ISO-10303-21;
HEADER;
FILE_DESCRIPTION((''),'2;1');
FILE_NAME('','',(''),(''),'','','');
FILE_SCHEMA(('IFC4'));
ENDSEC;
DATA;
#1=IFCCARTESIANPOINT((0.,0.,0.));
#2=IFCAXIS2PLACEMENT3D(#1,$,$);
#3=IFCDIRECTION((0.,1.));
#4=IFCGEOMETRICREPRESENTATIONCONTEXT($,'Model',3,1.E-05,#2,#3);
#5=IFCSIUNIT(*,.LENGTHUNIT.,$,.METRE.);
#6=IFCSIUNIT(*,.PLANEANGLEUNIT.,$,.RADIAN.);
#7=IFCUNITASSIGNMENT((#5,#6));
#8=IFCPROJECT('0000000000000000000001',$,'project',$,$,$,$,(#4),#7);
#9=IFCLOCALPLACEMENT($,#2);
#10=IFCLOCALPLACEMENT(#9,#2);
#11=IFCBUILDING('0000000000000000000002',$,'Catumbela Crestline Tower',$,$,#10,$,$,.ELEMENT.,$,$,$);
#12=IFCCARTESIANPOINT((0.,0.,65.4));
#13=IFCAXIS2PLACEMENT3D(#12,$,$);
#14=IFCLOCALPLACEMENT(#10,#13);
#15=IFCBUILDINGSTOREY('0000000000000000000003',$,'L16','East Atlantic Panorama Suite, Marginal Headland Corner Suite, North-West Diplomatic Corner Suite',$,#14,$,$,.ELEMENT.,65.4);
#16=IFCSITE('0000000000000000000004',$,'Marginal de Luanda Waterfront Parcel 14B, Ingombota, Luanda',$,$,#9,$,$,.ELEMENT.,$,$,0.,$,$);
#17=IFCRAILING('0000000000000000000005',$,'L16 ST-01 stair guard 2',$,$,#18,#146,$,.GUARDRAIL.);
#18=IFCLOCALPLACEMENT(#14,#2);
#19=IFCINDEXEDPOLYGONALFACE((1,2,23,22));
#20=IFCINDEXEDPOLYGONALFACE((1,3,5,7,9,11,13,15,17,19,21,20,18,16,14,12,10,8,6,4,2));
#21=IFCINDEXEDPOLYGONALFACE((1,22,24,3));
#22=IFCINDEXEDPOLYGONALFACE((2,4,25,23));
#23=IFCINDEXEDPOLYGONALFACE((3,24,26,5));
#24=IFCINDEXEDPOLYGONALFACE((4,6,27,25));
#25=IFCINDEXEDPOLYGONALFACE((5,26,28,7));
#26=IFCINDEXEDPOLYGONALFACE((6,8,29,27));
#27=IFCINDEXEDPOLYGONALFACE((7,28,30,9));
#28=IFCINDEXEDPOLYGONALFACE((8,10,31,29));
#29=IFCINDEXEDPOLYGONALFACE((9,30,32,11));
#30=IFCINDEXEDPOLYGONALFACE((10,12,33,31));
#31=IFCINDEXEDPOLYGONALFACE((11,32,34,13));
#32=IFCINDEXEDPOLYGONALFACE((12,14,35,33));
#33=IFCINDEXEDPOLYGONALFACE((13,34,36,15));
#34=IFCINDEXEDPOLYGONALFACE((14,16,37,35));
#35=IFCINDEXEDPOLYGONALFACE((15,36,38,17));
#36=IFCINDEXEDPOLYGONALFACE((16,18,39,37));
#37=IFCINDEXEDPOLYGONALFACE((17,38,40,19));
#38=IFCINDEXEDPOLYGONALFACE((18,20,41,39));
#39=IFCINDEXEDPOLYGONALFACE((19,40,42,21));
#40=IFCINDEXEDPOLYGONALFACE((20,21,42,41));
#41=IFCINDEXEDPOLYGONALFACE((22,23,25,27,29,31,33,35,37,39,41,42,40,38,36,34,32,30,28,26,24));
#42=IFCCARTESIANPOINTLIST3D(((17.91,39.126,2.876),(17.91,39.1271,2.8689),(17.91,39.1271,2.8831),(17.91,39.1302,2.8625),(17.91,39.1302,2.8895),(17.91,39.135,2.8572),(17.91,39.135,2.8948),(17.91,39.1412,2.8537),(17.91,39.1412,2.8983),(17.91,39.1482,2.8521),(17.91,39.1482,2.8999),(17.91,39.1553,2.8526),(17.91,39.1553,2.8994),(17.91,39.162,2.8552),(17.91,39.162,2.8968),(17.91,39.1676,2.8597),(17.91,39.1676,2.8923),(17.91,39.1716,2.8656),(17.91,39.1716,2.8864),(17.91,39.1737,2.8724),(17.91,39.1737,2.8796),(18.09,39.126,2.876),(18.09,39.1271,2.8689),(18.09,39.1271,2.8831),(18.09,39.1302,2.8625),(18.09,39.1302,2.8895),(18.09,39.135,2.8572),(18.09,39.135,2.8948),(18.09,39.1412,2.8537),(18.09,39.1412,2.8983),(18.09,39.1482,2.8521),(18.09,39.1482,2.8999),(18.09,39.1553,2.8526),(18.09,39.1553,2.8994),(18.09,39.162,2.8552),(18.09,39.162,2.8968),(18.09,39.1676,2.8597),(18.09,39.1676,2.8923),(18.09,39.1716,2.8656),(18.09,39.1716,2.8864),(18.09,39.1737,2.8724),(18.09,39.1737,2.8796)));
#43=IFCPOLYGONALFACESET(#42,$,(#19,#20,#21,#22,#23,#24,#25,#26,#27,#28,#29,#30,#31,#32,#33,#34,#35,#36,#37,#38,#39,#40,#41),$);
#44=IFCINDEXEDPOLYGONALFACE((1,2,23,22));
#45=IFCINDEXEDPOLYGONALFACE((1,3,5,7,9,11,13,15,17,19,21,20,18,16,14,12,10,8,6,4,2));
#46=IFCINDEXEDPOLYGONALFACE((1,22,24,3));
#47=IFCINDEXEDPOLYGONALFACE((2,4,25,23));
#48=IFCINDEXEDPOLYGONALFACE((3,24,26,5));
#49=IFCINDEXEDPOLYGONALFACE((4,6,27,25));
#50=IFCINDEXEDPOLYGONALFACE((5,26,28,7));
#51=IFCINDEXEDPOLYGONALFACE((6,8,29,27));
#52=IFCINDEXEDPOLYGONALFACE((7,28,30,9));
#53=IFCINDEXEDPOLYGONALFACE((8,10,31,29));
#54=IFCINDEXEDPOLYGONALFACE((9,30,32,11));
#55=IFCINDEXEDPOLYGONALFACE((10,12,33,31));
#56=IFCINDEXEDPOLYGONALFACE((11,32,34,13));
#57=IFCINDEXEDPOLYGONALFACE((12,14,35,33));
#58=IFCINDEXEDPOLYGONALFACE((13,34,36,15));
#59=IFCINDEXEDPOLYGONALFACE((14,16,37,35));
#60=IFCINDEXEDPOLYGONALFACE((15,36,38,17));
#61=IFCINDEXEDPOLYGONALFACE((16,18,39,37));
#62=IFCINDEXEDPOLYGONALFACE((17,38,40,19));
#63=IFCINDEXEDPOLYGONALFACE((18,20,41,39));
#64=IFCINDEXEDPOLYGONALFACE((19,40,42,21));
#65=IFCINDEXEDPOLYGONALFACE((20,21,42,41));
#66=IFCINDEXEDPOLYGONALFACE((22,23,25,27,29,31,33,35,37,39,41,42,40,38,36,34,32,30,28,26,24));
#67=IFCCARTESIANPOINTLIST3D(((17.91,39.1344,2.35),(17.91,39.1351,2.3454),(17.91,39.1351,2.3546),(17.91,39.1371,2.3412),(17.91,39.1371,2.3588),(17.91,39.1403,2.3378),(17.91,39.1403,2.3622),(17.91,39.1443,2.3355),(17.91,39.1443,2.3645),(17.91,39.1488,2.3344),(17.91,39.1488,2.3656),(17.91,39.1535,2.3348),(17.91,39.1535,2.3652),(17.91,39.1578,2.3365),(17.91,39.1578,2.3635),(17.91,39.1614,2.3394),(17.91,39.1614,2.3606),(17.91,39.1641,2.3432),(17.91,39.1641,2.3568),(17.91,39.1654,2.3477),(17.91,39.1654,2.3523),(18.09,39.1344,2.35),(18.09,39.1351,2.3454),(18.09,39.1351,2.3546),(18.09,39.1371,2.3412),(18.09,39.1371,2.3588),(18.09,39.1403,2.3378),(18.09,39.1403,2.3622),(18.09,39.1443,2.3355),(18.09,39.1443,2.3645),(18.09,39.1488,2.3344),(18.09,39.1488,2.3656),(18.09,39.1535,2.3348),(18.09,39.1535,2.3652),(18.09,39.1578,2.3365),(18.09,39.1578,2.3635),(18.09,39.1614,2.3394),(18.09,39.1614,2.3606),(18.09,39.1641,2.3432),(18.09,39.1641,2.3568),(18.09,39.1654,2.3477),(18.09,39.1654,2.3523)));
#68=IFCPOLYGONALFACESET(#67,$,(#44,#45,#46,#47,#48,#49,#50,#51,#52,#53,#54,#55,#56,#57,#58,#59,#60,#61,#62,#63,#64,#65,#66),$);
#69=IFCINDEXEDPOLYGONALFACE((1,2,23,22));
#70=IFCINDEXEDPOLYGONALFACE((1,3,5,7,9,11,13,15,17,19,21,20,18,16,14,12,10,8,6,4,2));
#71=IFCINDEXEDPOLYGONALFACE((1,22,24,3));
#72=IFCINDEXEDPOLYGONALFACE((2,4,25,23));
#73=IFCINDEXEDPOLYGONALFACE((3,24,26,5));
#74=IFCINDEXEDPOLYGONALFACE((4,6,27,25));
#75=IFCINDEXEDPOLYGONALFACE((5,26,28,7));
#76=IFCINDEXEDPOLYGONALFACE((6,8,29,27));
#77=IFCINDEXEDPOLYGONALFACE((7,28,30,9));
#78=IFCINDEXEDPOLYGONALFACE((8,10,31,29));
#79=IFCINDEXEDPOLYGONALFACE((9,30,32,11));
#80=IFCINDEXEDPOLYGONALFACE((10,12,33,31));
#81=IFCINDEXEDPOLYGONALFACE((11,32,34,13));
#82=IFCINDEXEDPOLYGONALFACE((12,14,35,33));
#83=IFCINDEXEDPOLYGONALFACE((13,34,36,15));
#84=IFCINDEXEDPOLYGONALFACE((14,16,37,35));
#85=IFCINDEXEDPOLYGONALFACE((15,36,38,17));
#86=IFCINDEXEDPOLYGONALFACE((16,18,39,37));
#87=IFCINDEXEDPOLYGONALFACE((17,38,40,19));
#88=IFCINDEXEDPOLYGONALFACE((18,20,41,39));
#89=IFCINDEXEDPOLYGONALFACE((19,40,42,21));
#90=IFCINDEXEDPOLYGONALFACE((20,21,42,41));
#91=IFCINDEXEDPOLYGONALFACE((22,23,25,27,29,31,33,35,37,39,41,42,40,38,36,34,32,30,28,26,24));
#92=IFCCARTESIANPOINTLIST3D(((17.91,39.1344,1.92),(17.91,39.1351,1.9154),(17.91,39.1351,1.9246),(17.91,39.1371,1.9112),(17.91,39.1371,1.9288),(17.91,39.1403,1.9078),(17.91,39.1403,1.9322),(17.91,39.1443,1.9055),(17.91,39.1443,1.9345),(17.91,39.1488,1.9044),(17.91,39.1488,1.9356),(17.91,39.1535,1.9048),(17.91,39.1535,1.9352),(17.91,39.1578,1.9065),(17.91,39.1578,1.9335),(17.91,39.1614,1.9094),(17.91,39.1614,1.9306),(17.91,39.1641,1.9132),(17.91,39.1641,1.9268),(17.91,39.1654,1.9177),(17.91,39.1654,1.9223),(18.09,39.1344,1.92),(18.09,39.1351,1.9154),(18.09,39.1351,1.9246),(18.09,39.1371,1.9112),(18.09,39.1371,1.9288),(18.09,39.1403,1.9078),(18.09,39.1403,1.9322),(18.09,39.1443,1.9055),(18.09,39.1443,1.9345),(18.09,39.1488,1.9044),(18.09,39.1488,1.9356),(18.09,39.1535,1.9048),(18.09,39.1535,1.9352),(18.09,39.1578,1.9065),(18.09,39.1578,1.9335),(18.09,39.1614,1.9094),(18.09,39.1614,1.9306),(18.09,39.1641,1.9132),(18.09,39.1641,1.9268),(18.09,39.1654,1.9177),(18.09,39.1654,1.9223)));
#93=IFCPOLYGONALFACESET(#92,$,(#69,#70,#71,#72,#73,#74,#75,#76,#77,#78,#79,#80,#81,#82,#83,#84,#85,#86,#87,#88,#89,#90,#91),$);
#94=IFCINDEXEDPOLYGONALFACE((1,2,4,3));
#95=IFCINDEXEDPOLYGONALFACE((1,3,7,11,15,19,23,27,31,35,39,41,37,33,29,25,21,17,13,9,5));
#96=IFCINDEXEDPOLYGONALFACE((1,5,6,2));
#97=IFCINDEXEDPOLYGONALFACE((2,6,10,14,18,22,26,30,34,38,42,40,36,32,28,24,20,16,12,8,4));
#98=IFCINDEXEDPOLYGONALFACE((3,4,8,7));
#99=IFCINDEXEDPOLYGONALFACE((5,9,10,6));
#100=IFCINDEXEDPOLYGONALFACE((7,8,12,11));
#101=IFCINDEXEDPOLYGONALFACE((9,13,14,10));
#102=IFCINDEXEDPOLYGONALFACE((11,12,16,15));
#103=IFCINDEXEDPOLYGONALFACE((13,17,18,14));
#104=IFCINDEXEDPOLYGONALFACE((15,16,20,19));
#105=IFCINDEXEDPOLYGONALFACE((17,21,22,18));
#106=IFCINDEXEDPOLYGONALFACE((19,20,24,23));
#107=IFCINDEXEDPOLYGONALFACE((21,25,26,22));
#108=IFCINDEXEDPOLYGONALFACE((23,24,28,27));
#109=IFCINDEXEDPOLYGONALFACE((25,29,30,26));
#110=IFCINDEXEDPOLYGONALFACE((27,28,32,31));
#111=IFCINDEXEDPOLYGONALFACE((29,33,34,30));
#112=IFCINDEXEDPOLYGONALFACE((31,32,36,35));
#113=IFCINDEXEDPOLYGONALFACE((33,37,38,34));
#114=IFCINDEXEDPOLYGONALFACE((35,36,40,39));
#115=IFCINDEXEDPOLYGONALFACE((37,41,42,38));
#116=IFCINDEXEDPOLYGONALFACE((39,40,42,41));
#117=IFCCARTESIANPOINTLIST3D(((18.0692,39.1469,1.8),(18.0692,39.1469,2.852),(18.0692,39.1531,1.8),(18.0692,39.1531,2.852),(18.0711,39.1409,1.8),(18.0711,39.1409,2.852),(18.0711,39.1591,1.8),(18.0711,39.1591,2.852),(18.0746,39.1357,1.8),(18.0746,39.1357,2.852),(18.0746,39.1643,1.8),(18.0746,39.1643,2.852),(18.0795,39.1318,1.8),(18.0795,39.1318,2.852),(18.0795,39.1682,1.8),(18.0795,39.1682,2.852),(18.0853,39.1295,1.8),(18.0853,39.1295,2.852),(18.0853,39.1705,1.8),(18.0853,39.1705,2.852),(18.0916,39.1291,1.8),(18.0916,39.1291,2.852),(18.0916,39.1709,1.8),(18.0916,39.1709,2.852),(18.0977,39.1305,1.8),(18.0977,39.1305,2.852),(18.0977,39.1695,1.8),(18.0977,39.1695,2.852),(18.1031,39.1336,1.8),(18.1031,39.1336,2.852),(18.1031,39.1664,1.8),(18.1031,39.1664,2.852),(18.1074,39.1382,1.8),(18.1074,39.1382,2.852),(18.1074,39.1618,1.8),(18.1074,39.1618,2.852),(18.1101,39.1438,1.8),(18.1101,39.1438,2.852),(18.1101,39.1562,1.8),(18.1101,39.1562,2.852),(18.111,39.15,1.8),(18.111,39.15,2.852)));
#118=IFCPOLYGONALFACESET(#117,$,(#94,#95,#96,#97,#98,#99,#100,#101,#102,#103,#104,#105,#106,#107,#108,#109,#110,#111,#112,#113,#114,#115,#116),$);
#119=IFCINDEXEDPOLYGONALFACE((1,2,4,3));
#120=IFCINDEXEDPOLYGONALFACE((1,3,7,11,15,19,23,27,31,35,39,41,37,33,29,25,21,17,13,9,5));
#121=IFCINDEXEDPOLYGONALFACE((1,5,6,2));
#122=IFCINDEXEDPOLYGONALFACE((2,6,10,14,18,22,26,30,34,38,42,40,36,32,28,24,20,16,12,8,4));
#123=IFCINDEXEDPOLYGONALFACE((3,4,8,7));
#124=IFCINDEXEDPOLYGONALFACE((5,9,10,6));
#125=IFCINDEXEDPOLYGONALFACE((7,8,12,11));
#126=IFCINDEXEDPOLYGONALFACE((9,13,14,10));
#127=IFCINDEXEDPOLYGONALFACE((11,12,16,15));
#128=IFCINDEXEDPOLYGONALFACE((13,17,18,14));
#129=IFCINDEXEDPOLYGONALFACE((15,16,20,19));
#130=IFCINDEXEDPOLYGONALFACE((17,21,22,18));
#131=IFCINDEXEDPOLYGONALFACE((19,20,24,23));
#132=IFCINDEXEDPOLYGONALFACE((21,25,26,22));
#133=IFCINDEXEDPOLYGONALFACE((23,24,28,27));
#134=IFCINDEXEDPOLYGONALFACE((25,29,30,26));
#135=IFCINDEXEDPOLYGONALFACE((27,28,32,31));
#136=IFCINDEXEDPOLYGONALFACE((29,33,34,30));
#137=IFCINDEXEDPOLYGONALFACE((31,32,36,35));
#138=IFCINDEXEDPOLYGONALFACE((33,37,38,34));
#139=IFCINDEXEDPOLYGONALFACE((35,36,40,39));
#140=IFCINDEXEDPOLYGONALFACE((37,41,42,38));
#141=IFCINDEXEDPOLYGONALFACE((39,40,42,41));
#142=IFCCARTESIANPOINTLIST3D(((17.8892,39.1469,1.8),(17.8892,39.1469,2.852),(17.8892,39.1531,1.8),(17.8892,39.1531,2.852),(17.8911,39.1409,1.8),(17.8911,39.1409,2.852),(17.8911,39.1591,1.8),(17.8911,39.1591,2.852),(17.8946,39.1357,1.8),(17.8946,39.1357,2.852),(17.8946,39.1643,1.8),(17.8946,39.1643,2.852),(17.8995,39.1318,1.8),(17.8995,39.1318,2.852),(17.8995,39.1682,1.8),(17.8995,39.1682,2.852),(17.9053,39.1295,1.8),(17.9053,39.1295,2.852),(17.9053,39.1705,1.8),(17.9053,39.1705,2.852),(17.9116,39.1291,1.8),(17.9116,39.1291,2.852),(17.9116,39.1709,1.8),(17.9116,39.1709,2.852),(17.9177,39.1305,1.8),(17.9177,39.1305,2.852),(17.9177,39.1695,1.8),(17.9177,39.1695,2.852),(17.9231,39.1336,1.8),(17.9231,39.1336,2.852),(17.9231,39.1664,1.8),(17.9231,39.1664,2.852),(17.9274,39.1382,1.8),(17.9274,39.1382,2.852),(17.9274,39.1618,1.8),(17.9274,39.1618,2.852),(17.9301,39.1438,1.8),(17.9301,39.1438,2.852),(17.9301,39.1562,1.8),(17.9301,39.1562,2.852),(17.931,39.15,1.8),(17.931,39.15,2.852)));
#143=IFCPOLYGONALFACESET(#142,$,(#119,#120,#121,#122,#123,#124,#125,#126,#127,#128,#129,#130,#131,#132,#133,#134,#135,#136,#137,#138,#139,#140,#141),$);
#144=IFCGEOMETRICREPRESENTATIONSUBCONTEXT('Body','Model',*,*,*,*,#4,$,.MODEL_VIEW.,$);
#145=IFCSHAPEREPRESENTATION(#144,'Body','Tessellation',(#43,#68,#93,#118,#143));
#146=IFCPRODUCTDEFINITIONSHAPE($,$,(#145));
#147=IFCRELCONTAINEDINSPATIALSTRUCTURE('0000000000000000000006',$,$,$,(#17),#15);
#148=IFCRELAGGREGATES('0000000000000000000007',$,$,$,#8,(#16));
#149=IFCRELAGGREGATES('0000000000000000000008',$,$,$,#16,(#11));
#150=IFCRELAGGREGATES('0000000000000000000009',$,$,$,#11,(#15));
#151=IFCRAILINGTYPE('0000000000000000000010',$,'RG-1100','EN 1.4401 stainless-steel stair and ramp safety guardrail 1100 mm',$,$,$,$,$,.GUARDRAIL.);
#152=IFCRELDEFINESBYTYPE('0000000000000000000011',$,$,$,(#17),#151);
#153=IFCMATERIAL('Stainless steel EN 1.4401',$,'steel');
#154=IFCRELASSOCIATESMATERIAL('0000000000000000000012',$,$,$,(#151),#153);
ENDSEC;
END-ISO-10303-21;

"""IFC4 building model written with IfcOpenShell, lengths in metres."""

from ifc_helpers import new_model, si_unit, direction, frame, origin, origin_2d, place, context, subcontext, project, spatial, circle, extrude, material, type_object, element, save


model = new_model("IFC4")

# Units and contexts
model_context = context("Model", 3, precision=1e-05, world=origin(), true_north=direction((0.0, 1.0)))
body_context = subcontext(model_context, "Body", "Model", "MODEL_VIEW")
ifc_project = project(units=[si_unit("LENGTHUNIT", "METRE"), si_unit("PLANEANGLEUNIT", "RADIAN")], contexts=[model_context])

# Site, building, storey
site_placement = place(None, origin())
site = spatial("IfcSite", under=ifc_project, at=site_placement, Name="Marginal de Luanda Waterfront Parcel 14B, Ingombota, Luanda", CompositionType="ELEMENT", RefElevation=0.0)
building_placement = place(site_placement, origin())
building = spatial("IfcBuilding", under=site, at=building_placement, Name="Catumbela Crestline Tower", CompositionType="ELEMENT")
storey_placement = place(building_placement, frame((0.0, 0.0, 65.4)))
storey = spatial("IfcBuildingStorey", under=building, at=storey_placement, Name="L16", Description="East Atlantic Panorama Suite, Marginal Headland Corner Suite, North-West Diplomatic Corner Suite", CompositionType="ELEMENT", Elevation=65.4)

# Railing
ifc_material_1 = material(Name="Stainless steel EN 1.4401", Category="steel")
railing_type_1 = type_object("IfcRailingType", Name="RG-1100", Description="EN 1.4401 stainless-steel stair and ramp safety guardrail 1100 mm", PredefinedType="GUARDRAIL", material=ifc_material_1)
railing_1_placement = place(storey_placement, frame((18.09, 39.15, 1.8)))
element("IfcRailing", 1, at=railing_1_placement, inside=storey, type_object=railing_type_1, Name="L16 ST-01 stair guard 2", PredefinedType="GUARDRAIL", context=body_context, shape_type="SweptSolid", body=[
    extrude(circle(Radius=0.024, at=origin_2d()), frame((0.0, 0.0, 1.076), z_axis=(-1.0, 0.0, 0.0), x_axis=(0.0, -1.0, 0.0)), (0.0, 0.0, 1.0), 0.18),
    extrude(circle(Radius=0.0156, at=origin_2d()), frame((0.0, 0.0, 0.55), z_axis=(-1.0, 0.0, 0.0), x_axis=(0.0, -1.0, 0.0)), (0.0, 0.0, 1.0), 0.18),
    extrude(circle(Radius=0.0156, at=origin_2d()), frame((0.0, 0.0, 0.12), z_axis=(-1.0, 0.0, 0.0), x_axis=(0.0, -1.0, 0.0)), (0.0, 0.0, 1.0), 0.18),
    extrude(circle(Radius=0.021, at=origin_2d()), origin(), (0.0, 0.0, 1.0), 1.052),
    extrude(circle(Radius=0.021, at=origin_2d()), frame((-0.18, 0.0, 0.0)), (0.0, 0.0, 1.0), 1.052),
])

save(model, "model.ifc")
